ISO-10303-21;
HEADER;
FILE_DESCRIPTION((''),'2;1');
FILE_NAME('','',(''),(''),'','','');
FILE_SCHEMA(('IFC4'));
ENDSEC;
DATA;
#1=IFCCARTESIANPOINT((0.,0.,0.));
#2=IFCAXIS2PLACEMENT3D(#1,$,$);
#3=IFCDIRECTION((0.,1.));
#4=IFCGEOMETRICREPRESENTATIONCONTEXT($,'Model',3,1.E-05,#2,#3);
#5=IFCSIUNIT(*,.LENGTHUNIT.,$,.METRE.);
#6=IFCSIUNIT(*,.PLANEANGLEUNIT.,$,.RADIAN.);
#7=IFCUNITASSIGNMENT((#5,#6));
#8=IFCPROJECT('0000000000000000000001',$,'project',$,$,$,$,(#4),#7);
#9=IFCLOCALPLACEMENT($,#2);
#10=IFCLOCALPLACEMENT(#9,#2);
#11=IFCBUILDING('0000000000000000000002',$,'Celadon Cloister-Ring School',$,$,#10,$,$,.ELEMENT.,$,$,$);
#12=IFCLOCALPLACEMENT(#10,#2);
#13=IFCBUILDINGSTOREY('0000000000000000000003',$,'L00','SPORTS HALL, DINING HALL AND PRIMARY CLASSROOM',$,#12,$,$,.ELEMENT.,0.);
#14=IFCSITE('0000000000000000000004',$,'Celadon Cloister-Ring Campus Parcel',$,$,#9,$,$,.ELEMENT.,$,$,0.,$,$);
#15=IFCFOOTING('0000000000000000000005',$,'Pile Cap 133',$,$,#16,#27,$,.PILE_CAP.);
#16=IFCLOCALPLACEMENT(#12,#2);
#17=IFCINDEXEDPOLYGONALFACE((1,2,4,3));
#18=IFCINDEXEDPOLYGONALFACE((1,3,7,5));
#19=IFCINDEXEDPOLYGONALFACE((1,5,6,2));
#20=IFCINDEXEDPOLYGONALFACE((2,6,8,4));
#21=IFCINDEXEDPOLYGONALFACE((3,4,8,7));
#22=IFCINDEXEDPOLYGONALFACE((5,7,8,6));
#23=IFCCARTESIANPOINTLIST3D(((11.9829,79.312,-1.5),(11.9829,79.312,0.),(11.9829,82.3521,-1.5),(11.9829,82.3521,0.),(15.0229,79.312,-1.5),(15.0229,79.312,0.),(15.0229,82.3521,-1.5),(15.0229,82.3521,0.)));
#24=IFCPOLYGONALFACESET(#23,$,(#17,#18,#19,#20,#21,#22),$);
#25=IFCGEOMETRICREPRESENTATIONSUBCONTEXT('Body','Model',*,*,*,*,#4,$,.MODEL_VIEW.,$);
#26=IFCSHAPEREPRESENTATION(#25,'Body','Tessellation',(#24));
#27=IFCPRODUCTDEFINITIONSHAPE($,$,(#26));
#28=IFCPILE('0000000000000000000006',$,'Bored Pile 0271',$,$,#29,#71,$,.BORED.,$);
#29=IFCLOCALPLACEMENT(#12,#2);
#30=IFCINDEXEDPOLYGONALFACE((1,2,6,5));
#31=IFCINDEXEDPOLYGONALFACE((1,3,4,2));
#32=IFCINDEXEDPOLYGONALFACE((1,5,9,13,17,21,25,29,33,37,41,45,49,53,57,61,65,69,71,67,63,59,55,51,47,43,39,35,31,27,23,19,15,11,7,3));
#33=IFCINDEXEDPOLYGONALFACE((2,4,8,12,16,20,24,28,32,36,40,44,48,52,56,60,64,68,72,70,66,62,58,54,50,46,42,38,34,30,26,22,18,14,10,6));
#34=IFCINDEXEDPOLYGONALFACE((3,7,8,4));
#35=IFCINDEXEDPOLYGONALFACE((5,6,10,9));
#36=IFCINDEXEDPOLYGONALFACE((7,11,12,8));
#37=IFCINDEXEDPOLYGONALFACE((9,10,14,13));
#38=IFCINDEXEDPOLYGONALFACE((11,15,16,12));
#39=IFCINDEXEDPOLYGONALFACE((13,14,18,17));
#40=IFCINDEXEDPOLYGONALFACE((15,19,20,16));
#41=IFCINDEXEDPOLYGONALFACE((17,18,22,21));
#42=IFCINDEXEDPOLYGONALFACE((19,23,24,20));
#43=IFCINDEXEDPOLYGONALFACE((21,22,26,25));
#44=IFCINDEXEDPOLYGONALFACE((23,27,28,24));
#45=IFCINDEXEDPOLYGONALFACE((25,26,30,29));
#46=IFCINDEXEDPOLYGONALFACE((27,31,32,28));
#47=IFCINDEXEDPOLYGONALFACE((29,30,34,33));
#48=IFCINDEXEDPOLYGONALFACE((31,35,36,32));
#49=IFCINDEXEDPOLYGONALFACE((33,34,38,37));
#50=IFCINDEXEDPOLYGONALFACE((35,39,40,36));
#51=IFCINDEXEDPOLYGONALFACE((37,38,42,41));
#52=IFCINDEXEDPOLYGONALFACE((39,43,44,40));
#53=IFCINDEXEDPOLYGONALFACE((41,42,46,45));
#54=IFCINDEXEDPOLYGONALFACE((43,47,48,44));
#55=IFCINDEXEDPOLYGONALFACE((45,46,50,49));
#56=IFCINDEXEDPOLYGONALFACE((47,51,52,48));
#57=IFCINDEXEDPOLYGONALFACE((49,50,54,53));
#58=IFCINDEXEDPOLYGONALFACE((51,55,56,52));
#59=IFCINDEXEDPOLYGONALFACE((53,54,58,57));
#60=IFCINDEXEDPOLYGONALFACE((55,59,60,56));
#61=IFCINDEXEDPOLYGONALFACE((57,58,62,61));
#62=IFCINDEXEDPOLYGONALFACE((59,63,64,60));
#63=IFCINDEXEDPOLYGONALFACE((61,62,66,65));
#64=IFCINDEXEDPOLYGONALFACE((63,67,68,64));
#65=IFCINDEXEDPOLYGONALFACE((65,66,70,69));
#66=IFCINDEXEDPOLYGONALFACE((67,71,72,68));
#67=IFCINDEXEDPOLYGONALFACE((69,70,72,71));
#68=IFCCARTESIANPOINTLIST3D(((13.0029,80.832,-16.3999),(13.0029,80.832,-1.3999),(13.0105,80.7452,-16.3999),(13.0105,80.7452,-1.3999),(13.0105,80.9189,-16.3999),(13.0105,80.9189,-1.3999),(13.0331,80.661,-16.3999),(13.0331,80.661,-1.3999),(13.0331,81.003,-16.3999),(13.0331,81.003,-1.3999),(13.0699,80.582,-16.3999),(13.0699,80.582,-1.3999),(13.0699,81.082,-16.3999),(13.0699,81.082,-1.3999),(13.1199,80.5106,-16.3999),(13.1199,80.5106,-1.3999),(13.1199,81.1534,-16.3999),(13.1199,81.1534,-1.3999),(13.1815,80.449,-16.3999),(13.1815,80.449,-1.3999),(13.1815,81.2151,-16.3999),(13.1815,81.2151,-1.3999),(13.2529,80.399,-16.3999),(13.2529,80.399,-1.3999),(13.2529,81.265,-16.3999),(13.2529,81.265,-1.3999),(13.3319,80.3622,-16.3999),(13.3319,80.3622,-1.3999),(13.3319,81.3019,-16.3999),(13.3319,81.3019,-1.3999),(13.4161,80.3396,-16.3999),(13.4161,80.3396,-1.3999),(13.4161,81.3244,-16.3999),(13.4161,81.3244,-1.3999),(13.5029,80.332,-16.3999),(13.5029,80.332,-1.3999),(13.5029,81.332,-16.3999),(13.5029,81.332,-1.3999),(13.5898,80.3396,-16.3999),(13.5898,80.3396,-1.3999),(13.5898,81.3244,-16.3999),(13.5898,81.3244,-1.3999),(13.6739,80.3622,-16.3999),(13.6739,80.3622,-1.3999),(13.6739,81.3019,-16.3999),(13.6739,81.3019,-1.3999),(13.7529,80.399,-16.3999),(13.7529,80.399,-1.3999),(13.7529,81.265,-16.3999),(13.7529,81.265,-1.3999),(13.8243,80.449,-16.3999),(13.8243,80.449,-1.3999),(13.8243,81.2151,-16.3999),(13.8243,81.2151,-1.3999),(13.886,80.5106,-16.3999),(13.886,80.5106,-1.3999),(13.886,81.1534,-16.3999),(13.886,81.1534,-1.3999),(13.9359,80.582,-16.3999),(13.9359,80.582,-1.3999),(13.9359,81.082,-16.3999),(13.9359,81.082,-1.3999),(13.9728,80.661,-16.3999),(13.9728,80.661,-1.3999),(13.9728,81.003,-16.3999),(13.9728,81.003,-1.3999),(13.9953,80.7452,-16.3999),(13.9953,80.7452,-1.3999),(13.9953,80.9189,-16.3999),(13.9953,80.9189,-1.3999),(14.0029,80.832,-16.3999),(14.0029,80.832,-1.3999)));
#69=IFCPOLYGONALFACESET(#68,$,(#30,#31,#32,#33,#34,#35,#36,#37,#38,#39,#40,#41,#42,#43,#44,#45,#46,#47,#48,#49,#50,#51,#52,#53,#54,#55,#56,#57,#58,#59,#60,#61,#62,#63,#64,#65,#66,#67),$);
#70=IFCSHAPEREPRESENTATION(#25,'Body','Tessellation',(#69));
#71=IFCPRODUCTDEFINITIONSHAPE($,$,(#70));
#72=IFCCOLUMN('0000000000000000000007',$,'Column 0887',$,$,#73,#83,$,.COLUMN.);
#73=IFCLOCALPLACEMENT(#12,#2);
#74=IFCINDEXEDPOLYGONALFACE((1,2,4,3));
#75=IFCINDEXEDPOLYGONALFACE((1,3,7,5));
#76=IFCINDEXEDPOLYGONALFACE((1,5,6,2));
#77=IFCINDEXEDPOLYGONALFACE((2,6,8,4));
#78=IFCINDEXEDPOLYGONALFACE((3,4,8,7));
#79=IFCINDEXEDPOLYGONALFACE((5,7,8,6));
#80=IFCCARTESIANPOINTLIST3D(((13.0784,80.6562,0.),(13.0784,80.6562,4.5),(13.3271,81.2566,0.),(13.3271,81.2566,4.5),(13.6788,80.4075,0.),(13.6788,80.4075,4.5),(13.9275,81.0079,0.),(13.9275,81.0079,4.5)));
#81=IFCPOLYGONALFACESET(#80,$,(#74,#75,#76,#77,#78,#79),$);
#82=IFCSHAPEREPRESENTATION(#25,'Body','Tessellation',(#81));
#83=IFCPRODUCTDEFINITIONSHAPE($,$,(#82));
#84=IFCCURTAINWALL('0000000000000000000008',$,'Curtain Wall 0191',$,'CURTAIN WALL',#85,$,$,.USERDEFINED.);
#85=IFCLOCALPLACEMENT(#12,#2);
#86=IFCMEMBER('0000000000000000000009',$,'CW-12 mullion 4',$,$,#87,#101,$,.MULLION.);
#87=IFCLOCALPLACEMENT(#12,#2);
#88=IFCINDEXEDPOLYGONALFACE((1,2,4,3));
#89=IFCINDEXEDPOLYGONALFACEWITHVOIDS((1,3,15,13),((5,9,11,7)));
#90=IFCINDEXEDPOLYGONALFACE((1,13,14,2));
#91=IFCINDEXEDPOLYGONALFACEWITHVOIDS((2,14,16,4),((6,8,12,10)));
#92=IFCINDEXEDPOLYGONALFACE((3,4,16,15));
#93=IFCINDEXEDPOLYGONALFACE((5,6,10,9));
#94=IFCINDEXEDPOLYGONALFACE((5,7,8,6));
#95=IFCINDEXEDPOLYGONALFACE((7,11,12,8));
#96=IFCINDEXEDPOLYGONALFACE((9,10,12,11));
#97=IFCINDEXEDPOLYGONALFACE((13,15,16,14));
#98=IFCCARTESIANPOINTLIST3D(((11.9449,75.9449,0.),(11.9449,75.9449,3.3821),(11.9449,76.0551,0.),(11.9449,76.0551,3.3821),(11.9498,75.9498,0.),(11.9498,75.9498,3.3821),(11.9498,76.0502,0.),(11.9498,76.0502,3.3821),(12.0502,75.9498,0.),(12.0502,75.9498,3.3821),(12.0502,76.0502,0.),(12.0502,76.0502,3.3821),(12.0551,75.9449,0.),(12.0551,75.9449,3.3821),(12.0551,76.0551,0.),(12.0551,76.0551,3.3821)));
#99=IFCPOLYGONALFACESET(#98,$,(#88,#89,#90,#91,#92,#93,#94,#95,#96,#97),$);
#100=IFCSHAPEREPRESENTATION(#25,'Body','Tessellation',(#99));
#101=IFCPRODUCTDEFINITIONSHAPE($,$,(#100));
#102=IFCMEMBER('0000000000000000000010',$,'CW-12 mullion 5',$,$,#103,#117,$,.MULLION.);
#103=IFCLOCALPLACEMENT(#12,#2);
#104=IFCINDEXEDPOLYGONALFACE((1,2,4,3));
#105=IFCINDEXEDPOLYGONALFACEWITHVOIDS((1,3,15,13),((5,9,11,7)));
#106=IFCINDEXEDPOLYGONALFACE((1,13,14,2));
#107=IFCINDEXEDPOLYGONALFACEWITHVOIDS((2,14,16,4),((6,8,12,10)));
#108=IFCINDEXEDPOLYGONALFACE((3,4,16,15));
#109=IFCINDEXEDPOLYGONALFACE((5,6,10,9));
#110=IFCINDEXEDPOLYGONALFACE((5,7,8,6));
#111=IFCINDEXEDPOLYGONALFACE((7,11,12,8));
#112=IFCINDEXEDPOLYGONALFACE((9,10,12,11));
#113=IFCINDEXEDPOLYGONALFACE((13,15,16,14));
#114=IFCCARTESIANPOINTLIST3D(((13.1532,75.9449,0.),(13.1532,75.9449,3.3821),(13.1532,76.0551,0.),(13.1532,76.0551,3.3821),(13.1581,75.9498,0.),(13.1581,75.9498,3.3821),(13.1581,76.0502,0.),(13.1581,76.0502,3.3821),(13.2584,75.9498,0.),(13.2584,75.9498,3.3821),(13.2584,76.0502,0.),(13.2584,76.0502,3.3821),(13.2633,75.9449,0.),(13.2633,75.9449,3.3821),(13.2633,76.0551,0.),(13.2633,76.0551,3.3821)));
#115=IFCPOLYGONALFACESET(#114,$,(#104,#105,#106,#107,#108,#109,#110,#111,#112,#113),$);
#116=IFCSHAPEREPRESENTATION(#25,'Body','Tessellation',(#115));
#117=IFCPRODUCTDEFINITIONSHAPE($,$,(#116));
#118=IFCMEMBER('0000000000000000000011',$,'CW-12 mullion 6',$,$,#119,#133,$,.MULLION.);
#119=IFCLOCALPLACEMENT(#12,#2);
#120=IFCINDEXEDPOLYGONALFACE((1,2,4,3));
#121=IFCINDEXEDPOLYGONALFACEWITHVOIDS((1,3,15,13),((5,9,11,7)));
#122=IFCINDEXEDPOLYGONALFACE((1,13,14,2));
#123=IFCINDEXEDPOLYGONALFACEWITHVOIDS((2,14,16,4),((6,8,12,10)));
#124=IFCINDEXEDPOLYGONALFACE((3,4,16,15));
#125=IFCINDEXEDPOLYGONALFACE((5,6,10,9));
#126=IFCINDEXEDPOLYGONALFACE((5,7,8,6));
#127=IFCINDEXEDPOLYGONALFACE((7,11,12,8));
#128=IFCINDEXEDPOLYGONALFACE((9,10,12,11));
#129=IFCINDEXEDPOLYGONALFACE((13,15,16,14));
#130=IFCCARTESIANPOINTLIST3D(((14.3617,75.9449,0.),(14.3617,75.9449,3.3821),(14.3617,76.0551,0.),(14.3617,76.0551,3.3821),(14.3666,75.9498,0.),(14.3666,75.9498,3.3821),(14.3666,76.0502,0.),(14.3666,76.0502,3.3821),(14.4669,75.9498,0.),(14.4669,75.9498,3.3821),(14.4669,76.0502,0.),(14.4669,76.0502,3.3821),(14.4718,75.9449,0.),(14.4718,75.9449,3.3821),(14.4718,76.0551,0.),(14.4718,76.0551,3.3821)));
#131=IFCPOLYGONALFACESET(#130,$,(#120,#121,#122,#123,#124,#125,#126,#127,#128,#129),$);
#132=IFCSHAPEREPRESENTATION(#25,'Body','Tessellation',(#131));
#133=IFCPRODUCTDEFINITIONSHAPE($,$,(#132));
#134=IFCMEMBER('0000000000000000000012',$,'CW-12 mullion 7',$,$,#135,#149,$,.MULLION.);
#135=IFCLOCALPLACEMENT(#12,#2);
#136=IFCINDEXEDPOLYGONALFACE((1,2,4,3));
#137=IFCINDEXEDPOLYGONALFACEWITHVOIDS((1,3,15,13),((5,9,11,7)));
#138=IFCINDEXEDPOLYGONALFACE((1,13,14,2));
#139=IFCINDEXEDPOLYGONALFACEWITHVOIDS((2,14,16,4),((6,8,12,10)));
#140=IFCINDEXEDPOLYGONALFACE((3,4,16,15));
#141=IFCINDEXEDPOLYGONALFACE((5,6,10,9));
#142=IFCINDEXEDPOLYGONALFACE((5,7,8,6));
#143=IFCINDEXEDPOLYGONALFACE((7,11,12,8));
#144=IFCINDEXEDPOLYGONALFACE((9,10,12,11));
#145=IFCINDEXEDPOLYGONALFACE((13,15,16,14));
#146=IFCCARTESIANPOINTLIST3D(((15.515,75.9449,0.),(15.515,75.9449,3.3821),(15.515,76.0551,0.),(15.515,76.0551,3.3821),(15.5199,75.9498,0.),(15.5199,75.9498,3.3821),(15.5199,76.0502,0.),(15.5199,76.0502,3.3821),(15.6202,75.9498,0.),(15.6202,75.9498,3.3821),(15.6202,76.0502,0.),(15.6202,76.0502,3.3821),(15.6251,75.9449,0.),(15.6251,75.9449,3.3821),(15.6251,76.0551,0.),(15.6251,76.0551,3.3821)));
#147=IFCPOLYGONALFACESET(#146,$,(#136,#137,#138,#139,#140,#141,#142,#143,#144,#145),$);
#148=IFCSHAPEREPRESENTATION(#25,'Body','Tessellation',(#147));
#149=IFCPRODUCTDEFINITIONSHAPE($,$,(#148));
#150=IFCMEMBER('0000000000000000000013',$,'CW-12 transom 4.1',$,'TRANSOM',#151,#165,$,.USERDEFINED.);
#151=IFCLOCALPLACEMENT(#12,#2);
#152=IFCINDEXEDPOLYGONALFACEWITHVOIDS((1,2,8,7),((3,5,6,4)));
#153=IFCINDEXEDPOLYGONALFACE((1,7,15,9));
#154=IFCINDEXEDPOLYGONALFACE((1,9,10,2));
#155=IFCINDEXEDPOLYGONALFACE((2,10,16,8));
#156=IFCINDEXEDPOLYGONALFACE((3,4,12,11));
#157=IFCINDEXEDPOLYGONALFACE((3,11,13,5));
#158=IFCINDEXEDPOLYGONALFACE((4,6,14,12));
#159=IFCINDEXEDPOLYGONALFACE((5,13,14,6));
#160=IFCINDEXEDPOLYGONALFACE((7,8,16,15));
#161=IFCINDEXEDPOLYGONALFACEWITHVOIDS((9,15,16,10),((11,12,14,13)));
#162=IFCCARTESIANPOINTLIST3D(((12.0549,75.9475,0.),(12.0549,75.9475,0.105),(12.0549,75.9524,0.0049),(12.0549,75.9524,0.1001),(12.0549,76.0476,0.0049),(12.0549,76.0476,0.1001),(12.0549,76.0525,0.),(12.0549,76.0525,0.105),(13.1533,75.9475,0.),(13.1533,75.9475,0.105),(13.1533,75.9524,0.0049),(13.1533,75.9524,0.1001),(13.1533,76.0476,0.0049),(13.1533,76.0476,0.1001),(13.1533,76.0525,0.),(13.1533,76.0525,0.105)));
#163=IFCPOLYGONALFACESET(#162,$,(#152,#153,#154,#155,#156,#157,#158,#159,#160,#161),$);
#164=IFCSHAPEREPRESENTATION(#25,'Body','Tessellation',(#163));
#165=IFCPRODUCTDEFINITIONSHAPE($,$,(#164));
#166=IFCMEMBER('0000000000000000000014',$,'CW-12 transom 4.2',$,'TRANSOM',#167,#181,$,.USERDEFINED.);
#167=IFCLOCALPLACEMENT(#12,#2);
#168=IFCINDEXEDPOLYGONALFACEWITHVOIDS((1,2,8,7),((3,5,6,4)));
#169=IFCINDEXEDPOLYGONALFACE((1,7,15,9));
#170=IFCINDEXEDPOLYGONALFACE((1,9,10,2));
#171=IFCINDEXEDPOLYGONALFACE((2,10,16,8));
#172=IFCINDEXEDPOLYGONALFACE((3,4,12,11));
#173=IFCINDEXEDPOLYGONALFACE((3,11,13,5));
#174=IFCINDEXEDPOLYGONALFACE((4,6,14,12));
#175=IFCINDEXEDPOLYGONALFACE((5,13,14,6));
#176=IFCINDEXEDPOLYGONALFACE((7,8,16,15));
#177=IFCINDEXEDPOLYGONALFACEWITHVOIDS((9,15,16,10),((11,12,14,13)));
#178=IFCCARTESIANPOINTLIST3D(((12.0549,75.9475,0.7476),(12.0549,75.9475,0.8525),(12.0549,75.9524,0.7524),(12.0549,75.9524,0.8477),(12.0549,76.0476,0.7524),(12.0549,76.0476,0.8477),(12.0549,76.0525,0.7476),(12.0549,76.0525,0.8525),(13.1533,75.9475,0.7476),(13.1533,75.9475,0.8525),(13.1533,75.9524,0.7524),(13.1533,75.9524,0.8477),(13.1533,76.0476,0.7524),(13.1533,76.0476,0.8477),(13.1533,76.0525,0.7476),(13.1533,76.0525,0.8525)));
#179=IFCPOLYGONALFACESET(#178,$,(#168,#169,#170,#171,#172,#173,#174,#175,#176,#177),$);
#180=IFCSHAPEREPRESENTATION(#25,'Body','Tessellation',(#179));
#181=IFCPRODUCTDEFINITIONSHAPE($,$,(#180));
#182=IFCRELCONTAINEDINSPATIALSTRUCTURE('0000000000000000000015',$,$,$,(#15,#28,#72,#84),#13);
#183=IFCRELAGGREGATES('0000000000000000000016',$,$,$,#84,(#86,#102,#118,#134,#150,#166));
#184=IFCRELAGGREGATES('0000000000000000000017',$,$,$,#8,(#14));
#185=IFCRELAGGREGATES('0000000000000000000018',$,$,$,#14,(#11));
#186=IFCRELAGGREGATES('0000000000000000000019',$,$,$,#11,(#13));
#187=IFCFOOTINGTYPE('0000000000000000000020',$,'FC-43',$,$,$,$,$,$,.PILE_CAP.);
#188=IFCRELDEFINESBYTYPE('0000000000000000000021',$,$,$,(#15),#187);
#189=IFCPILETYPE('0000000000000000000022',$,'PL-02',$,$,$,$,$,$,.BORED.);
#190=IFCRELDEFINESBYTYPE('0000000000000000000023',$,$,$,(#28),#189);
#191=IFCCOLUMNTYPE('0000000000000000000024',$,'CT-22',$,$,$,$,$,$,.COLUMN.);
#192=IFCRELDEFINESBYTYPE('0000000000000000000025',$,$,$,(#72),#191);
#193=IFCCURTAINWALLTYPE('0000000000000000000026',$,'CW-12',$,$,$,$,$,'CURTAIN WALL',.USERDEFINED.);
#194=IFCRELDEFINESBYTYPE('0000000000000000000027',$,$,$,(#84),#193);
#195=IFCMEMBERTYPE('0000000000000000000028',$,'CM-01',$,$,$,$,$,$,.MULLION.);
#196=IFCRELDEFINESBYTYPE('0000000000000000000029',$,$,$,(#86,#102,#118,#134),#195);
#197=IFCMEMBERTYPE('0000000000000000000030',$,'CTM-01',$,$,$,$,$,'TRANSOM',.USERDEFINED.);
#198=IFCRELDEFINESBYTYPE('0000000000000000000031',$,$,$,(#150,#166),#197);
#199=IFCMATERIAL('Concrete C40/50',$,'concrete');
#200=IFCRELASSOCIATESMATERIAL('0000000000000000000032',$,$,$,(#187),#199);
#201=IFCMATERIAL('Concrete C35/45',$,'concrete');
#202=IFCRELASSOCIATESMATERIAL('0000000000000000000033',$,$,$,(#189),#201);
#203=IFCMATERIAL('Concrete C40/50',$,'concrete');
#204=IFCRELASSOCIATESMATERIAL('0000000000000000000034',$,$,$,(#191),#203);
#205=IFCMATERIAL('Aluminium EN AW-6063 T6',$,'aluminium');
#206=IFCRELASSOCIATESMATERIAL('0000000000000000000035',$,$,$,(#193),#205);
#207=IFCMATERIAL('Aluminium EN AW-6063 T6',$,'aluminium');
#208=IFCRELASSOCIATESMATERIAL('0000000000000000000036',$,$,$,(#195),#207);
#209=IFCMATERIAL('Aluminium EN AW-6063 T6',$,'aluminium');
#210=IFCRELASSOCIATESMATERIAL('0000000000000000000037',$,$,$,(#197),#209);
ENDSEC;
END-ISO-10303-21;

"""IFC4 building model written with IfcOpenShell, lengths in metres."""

from ifc_helpers import new_model, si_unit, direction, frame, origin, origin_2d, place, context, subcontext, project, spatial, rectangle, hollow_rectangle, circle, extrude, material, material_profile, profile_set, type_object, element, aggregate, save


model = new_model("IFC4")

# Units and contexts
model_context = context("Model", 3, precision=1e-05, world=origin(), true_north=direction((0.0, 1.0)))
body_context = subcontext(model_context, "Body", "Model", "MODEL_VIEW")
ifc_project = project(units=[si_unit("LENGTHUNIT", "METRE"), si_unit("PLANEANGLEUNIT", "RADIAN")], contexts=[model_context])

# Site, building, storey
site_placement = place(None, origin())
site = spatial("IfcSite", under=ifc_project, at=site_placement, Name="Celadon Cloister-Ring Campus Parcel", CompositionType="ELEMENT", RefElevation=0.0)
building_placement = place(site_placement, origin())
building = spatial("IfcBuilding", under=site, at=building_placement, Name="Celadon Cloister-Ring School", CompositionType="ELEMENT")
storey_placement = place(building_placement, origin())
storey = spatial("IfcBuildingStorey", under=building, at=storey_placement, Name="L00", Description="SPORTS HALL, DINING HALL AND PRIMARY CLASSROOM", CompositionType="ELEMENT", Elevation=0.0)

# Footing
ifc_material_1 = material(Name="Concrete C40/50", Category="concrete")
footing_type = type_object("IfcFootingType", Name="FC-43", PredefinedType="PILE_CAP", material=ifc_material_1)
footing_placement = place(storey_placement, frame((13.5029, 80.832, -1.5), z_axis=(0.0, 0.0, 1.0), x_axis=(1.0, 0.0, 0.0)))
element("IfcFooting", 1, at=footing_placement, inside=storey, type_object=footing_type, Name="Pile Cap 133", PredefinedType="PILE_CAP", context=body_context, shape_type="SweptSolid", body=[
    extrude(rectangle(XDim=3.04, YDim=3.04, at=origin_2d()), origin(), (0.0, 0.0, 1.0), 1.5),
])

# Pile
ifc_material_2 = material(Name="Concrete C35/45", Category="concrete")
ifc_material_profile_1 = material_profile(ifc_material_2, circle(Radius=0.5, at=origin_2d()), Name="PILE1000")
ifc_profile_set_1 = profile_set([ifc_material_profile_1], Name="Concrete C35/45")
pile_type = type_object("IfcPileType", Name="PL-02", PredefinedType="BORED", material=ifc_profile_set_1)
pile_placement = place(storey_placement, frame((13.5029, 80.832, -1.3999), z_axis=(0.0, 0.0, -1.0), x_axis=(1.0, 0.0, 0.0)))
element("IfcPile", 2, at=pile_placement, inside=storey, type_object=pile_type, Name="Bored Pile 0271", PredefinedType="BORED", context=body_context, shape_type="SweptSolid", body=[
    extrude(circle(Radius=0.5, at=origin_2d()), origin(), (0.0, 0.0, 1.0), 15.0),
])

# Column
ifc_material_3 = material(Name="Concrete C40/50", Category="concrete")
ifc_material_profile_2 = material_profile(ifc_material_3, rectangle(XDim=0.6499, YDim=0.6499, at=origin_2d()), Name="RC650X650")
ifc_profile_set_2 = profile_set([ifc_material_profile_2], Name="Concrete C40/50")
column_type = type_object("IfcColumnType", Name="CT-22", PredefinedType="COLUMN", material=ifc_profile_set_2)
column_placement = place(storey_placement, frame((13.5029, 80.832, 0.0), z_axis=(0.0, 0.0, 1.0), x_axis=(-0.382683, -0.92388, 0.0)))
element("IfcColumn", 3, at=column_placement, inside=storey, type_object=column_type, Name="Column 0887", PredefinedType="COLUMN", context=body_context, shape_type="SweptSolid", body=[
    extrude(rectangle(XDim=0.6499, YDim=0.6499, at=origin_2d()), origin(), (0.0, 0.0, 1.0), 4.5),
])

# Curtain wall, members
ifc_material_4 = material(Name="Aluminium EN AW-6063 T6", Category="aluminium")
curtain_wall_type = type_object("IfcCurtainWallType", Name="CW-12", ElementType="CURTAIN WALL", PredefinedType="USERDEFINED", material=ifc_material_4)
curtain_wall_placement = place(storey_placement, origin())
curtain_wall = element("IfcCurtainWall", 4, at=curtain_wall_placement, inside=storey, type_object=curtain_wall_type, Name="Curtain Wall 0191", ObjectType="CURTAIN WALL", PredefinedType="USERDEFINED")
ifc_material_5 = material(Name="Aluminium EN AW-6063 T6", Category="aluminium")
ifc_material_profile_3 = material_profile(ifc_material_5, hollow_rectangle(XDim=0.1101, YDim=0.1101, WallThickness=0.0049, at=origin_2d()), Name="RHS110X110X5")
ifc_profile_set_3 = profile_set([ifc_material_profile_3], Name="Aluminium EN AW-6063 T6")
member_type_1 = type_object("IfcMemberType", Name="CM-01", PredefinedType="MULLION", material=ifc_profile_set_3)
member_1_placement = place(storey_placement, frame((12.0, 76.0, 0.0), z_axis=(0.0, 0.0, 1.0), x_axis=(0.0, 1.0, 0.0)))
member_1 = element("IfcMember", 5, at=member_1_placement, type_object=member_type_1, Name="CW-12 mullion 4", PredefinedType="MULLION", context=body_context, shape_type="SweptSolid", body=[
    extrude(hollow_rectangle(XDim=0.1101, YDim=0.1101, WallThickness=0.0049, at=origin_2d()), origin(), (0.0, 0.0, 1.0), 3.3821),
])
member_2_placement = place(storey_placement, frame((13.2083, 76.0, 0.0), z_axis=(0.0, 0.0, 1.0), x_axis=(0.0, 1.0, 0.0)))
member_2 = element("IfcMember", 6, at=member_2_placement, type_object=member_type_1, Name="CW-12 mullion 5", PredefinedType="MULLION", context=body_context, shape_type="SweptSolid", body=[
    extrude(hollow_rectangle(XDim=0.1101, YDim=0.1101, WallThickness=0.0049, at=origin_2d()), origin(), (0.0, 0.0, 1.0), 3.3821),
])
member_3_placement = place(storey_placement, frame((14.4167, 76.0, 0.0), z_axis=(0.0, 0.0, 1.0), x_axis=(0.0, 1.0, 0.0)))
member_3 = element("IfcMember", 7, at=member_3_placement, type_object=member_type_1, Name="CW-12 mullion 6", PredefinedType="MULLION", context=body_context, shape_type="SweptSolid", body=[
    extrude(hollow_rectangle(XDim=0.1101, YDim=0.1101, WallThickness=0.0049, at=origin_2d()), origin(), (0.0, 0.0, 1.0), 3.3821),
])
member_4_placement = place(storey_placement, frame((15.5701, 76.0, 0.0), z_axis=(0.0, 0.0, 1.0), x_axis=(0.0, 1.0, 0.0)))
member_4 = element("IfcMember", 8, at=member_4_placement, type_object=member_type_1, Name="CW-12 mullion 7", PredefinedType="MULLION", context=body_context, shape_type="SweptSolid", body=[
    extrude(hollow_rectangle(XDim=0.1101, YDim=0.1101, WallThickness=0.0049, at=origin_2d()), origin(), (0.0, 0.0, 1.0), 3.3821),
])
ifc_material_6 = material(Name="Aluminium EN AW-6063 T6", Category="aluminium")
ifc_material_profile_4 = material_profile(ifc_material_6, hollow_rectangle(XDim=0.105, YDim=0.105, WallThickness=0.0049, at=origin_2d()), Name="RHS105X105X5")
ifc_profile_set_4 = profile_set([ifc_material_profile_4], Name="Aluminium EN AW-6063 T6")
member_type_2 = type_object("IfcMemberType", Name="CTM-01", ElementType="TRANSOM", PredefinedType="USERDEFINED", material=ifc_profile_set_4)
member_5_placement = place(storey_placement, frame((12.0549, 76.0, 0.0525), z_axis=(1.0, 0.0, 0.0), x_axis=(0.0, 1.0, 0.0)))
member_5 = element("IfcMember", 9, at=member_5_placement, type_object=member_type_2, Name="CW-12 transom 4.1", ObjectType="TRANSOM", PredefinedType="USERDEFINED", context=body_context, shape_type="SweptSolid", body=[
    extrude(hollow_rectangle(XDim=0.105, YDim=0.105, WallThickness=0.0049, at=origin_2d()), origin(), (0.0, 0.0, 1.0), 1.0984),
])
member_6_placement = place(storey_placement, frame((12.0549, 76.0, 0.8), z_axis=(1.0, 0.0, 0.0), x_axis=(0.0, 1.0, 0.0)))
member_6 = element("IfcMember", 10, at=member_6_placement, type_object=member_type_2, Name="CW-12 transom 4.2", ObjectType="TRANSOM", PredefinedType="USERDEFINED", context=body_context, shape_type="SweptSolid", body=[
    extrude(hollow_rectangle(XDim=0.105, YDim=0.105, WallThickness=0.0049, at=origin_2d()), origin(), (0.0, 0.0, 1.0), 1.0984),
])

aggregate(curtain_wall, [member_1, member_2, member_3, member_4, member_5, member_6])

save(model, "model.ifc")
